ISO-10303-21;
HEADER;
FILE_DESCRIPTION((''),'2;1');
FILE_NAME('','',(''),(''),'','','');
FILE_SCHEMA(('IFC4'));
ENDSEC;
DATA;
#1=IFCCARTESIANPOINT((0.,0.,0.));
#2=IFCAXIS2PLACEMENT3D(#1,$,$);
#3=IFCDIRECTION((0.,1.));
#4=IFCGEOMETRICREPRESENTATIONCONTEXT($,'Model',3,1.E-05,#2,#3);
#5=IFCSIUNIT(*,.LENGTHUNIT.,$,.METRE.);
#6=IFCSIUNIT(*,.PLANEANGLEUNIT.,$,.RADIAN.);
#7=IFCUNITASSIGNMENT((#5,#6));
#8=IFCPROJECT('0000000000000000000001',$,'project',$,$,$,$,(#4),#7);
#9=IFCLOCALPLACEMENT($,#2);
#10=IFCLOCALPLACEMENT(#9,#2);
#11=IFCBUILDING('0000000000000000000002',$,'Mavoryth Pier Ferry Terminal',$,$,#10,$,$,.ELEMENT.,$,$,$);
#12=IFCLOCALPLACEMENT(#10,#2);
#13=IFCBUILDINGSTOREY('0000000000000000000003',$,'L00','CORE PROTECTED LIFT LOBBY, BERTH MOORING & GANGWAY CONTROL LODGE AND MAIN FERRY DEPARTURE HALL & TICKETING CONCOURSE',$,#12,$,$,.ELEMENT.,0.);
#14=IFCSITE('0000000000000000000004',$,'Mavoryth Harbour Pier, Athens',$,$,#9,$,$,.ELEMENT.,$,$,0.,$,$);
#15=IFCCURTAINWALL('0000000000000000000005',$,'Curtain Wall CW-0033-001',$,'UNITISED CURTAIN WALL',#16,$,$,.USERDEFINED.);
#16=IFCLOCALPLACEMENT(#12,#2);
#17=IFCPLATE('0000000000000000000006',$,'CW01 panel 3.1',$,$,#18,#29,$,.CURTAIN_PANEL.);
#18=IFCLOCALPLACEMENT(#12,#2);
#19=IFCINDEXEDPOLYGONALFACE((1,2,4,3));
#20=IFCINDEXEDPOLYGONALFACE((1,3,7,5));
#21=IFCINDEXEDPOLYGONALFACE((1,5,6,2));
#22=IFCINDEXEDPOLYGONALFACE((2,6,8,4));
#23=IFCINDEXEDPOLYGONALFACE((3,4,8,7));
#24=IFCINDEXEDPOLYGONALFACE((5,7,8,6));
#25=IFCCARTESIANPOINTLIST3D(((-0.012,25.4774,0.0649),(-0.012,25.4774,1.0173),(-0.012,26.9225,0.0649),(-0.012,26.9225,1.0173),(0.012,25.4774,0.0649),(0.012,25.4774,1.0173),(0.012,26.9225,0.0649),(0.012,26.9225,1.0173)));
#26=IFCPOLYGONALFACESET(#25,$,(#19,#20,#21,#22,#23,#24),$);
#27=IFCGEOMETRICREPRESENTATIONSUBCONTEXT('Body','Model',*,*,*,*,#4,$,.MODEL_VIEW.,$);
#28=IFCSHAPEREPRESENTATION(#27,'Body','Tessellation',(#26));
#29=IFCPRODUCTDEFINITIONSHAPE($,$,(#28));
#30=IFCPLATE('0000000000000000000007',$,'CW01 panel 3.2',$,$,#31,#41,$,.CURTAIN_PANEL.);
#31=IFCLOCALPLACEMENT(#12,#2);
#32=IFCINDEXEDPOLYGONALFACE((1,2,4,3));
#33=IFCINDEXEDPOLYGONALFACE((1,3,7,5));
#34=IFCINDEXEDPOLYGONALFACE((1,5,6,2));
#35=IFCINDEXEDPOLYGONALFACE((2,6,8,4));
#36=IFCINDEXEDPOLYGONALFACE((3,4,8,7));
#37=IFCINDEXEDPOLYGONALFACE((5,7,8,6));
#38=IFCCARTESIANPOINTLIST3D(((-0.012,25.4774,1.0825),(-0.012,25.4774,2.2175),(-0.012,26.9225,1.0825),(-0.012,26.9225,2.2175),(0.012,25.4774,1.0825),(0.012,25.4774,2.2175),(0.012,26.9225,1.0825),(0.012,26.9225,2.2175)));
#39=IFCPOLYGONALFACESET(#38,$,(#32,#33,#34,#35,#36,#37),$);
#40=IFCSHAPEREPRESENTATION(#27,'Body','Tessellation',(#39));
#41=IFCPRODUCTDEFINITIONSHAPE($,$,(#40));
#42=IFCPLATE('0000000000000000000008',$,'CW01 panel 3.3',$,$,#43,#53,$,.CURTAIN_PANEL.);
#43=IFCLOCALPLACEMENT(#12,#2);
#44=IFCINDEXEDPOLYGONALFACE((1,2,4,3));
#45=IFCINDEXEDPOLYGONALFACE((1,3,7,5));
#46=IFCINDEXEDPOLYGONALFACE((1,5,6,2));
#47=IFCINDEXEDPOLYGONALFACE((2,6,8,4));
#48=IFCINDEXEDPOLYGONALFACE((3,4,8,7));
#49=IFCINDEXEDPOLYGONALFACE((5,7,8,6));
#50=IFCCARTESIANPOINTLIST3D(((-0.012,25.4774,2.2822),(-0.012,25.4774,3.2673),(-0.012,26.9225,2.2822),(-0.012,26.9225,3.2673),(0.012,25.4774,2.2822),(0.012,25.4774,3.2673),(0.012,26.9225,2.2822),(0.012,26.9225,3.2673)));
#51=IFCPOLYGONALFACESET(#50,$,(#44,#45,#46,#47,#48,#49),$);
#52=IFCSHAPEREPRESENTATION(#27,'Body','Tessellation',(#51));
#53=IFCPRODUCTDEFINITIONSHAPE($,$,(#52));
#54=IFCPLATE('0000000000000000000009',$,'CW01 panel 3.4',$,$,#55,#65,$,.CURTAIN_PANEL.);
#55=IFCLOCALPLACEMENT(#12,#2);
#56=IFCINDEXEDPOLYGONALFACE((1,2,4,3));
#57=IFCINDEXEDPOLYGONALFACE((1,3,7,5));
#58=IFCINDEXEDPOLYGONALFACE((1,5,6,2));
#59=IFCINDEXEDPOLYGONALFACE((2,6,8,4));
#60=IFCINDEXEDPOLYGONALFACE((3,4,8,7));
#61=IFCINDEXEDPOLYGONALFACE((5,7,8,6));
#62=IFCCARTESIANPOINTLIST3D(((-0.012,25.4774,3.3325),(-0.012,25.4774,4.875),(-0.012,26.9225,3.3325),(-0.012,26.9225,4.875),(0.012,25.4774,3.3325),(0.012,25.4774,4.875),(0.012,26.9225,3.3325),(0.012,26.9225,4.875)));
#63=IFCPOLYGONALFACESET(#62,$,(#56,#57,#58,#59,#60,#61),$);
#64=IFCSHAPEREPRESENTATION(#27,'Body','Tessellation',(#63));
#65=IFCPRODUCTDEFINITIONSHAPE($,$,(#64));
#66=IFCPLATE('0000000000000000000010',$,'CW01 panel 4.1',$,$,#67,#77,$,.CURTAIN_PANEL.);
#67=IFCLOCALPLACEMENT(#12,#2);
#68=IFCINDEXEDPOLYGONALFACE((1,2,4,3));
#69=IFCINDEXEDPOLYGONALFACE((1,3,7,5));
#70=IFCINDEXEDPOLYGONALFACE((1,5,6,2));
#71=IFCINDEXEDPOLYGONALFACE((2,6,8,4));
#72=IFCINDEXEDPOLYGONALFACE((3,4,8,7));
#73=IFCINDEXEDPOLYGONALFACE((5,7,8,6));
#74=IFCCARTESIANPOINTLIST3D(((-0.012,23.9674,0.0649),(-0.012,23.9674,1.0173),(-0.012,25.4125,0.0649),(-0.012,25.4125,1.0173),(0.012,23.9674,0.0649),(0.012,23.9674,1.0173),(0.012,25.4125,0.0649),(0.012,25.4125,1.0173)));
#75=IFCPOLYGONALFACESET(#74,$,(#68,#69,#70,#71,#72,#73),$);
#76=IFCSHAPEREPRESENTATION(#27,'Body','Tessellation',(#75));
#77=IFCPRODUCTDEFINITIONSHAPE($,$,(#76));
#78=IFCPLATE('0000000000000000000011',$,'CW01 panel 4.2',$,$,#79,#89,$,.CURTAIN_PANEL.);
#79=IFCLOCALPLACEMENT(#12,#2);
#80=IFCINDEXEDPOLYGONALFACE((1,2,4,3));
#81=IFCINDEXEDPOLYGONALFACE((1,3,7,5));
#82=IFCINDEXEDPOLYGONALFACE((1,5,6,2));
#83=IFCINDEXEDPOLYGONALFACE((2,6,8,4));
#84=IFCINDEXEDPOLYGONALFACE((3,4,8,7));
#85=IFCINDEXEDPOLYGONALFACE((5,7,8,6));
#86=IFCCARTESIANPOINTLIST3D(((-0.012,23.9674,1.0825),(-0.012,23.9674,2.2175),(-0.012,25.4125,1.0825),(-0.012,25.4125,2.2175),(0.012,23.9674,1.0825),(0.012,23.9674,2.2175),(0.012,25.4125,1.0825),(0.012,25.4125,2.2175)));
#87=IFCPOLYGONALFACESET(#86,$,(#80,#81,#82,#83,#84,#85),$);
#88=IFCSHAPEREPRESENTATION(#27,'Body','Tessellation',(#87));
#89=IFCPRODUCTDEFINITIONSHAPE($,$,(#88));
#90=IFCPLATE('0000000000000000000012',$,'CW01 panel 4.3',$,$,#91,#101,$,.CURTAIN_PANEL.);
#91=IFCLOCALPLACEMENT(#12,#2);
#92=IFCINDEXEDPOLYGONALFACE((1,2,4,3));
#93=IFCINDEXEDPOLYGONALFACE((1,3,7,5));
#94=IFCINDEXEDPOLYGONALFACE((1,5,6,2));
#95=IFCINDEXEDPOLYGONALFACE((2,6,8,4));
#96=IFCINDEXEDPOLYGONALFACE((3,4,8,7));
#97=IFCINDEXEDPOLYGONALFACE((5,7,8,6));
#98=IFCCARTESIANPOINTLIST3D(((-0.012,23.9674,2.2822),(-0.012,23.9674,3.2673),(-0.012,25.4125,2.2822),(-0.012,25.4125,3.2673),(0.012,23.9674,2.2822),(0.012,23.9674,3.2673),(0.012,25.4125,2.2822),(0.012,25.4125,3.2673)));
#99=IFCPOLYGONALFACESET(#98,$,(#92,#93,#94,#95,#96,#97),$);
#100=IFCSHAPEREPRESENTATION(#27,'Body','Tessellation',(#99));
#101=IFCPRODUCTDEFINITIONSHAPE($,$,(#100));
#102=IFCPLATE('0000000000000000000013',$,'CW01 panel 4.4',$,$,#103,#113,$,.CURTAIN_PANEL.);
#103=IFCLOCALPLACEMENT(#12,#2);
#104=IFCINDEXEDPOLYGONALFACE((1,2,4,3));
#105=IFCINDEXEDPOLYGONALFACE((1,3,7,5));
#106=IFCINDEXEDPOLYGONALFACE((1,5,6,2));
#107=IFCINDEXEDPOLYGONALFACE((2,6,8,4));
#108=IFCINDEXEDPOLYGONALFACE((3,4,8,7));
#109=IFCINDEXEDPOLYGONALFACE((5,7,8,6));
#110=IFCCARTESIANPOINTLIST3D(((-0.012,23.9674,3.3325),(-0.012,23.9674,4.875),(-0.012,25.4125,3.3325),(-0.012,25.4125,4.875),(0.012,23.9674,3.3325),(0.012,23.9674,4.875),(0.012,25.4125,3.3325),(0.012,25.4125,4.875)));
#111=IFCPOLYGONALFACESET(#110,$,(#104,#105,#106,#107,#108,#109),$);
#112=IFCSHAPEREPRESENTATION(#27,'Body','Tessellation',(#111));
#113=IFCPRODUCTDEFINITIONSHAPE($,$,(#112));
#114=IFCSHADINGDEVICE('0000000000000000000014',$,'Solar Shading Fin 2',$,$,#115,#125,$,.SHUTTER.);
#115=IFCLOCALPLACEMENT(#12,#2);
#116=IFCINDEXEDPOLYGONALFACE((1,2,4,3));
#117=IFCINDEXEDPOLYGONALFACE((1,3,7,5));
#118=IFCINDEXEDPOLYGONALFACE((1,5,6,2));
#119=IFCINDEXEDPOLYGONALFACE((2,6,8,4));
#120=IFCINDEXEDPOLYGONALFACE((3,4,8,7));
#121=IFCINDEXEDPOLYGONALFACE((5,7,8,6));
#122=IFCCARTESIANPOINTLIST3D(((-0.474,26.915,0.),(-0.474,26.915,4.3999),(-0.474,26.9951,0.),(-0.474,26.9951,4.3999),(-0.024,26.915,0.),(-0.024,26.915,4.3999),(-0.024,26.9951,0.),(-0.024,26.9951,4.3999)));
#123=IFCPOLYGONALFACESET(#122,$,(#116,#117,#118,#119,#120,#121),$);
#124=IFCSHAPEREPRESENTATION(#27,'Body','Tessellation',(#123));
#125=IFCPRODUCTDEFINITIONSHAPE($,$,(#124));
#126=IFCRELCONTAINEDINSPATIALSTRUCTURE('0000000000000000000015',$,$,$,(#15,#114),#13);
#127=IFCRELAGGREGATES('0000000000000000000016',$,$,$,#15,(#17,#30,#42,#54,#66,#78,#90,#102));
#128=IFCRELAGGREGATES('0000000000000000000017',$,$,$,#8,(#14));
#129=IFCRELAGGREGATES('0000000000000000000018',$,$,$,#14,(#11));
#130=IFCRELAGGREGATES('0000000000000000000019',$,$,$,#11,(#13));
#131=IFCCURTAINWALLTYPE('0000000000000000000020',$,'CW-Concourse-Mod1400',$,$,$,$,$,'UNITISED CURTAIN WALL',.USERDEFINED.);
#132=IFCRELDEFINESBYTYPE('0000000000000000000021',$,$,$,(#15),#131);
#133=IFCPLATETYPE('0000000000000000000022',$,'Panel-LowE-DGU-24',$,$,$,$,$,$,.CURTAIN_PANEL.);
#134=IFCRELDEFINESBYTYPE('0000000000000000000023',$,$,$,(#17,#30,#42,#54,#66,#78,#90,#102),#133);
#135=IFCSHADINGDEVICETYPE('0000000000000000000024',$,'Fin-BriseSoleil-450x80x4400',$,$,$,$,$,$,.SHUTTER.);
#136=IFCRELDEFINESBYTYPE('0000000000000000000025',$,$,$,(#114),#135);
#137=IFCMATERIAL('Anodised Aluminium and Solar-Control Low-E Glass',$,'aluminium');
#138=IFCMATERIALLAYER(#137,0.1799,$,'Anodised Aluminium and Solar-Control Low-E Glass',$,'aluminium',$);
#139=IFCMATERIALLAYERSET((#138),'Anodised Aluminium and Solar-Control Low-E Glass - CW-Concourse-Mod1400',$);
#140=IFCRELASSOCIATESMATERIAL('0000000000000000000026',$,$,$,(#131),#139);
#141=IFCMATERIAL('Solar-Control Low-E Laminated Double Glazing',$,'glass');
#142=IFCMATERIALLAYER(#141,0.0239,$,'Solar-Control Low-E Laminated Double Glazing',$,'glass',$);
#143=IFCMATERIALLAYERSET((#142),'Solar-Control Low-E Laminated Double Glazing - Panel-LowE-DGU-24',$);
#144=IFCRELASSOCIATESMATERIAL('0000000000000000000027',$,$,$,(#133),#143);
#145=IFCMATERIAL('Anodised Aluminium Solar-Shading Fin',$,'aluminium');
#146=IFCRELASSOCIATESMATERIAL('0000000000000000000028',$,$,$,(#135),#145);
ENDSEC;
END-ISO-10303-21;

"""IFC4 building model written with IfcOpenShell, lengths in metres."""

from ifc_helpers import new_model, si_unit, direction, frame, origin, origin_2d, place, context, subcontext, project, spatial, rectangle, extrude, material, layer, layer_set, type_object, element, aggregate, save


model = new_model("IFC4")

# Units and contexts
model_context = context("Model", 3, precision=1e-05, world=origin(), true_north=direction((0.0, 1.0)))
body_context = subcontext(model_context, "Body", "Model", "MODEL_VIEW")
ifc_project = project(units=[si_unit("LENGTHUNIT", "METRE"), si_unit("PLANEANGLEUNIT", "RADIAN")], contexts=[model_context])

# Site, building, storey
site_placement = place(None, origin())
site = spatial("IfcSite", under=ifc_project, at=site_placement, Name="Mavoryth Harbour Pier, Athens", CompositionType="ELEMENT", RefElevation=0.0)
building_placement = place(site_placement, origin())
building = spatial("IfcBuilding", under=site, at=building_placement, Name="Mavoryth Pier Ferry Terminal", CompositionType="ELEMENT")
storey_placement = place(building_placement, origin())
storey = spatial("IfcBuildingStorey", under=building, at=storey_placement, Name="L00", Description="CORE PROTECTED LIFT LOBBY, BERTH MOORING & GANGWAY CONTROL LODGE AND MAIN FERRY DEPARTURE HALL & TICKETING CONCOURSE", CompositionType="ELEMENT", Elevation=0.0)

# Curtain wall, plates
ifc_material_1 = material(Name="Anodised Aluminium and Solar-Control Low-E Glass", Category="aluminium")
ifc_layer_1 = layer(ifc_material_1, 0.1799, Name="Anodised Aluminium and Solar-Control Low-E Glass", Category="aluminium")
ifc_layer_set_1 = layer_set([ifc_layer_1], Name="Anodised Aluminium and Solar-Control Low-E Glass - CW-Concourse-Mod1400")
curtain_wall_type = type_object("IfcCurtainWallType", Name="CW-Concourse-Mod1400", ElementType="UNITISED CURTAIN WALL", PredefinedType="USERDEFINED", material=ifc_layer_set_1)
curtain_wall_placement = place(storey_placement, origin())
curtain_wall = element("IfcCurtainWall", 1, at=curtain_wall_placement, inside=storey, type_object=curtain_wall_type, Name="Curtain Wall CW-0033-001", ObjectType="UNITISED CURTAIN WALL", PredefinedType="USERDEFINED")
ifc_material_2 = material(Name="Solar-Control Low-E Laminated Double Glazing", Category="glass")
ifc_layer_2 = layer(ifc_material_2, 0.0239, Name="Solar-Control Low-E Laminated Double Glazing", Category="glass")
ifc_layer_set_2 = layer_set([ifc_layer_2], Name="Solar-Control Low-E Laminated Double Glazing - Panel-LowE-DGU-24")
plate_type = type_object("IfcPlateType", Name="Panel-LowE-DGU-24", PredefinedType="CURTAIN_PANEL", material=ifc_layer_set_2)
plate_1_placement = place(storey_placement, frame((0.0, 26.2, 0.0649), z_axis=(0.0, 0.0, 1.0), x_axis=(0.0, -1.0, 0.0)))
plate_1 = element("IfcPlate", 2, at=plate_1_placement, type_object=plate_type, Name="CW01 panel 3.1", PredefinedType="CURTAIN_PANEL", context=body_context, shape_type="SweptSolid", body=[
    extrude(rectangle(XDim=1.4451, YDim=0.0239, at=origin_2d()), origin(), (0.0, 0.0, 1.0), 0.9524),
])
plate_2_placement = place(storey_placement, frame((0.0, 26.2, 1.0825), z_axis=(0.0, 0.0, 1.0), x_axis=(0.0, -1.0, 0.0)))
plate_2 = element("IfcPlate", 3, at=plate_2_placement, type_object=plate_type, Name="CW01 panel 3.2", PredefinedType="CURTAIN_PANEL", context=body_context, shape_type="SweptSolid", body=[
    extrude(rectangle(XDim=1.4451, YDim=0.0239, at=origin_2d()), origin(), (0.0, 0.0, 1.0), 1.135),
])
plate_3_placement = place(storey_placement, frame((0.0, 26.2, 2.2822), z_axis=(0.0, 0.0, 1.0), x_axis=(0.0, -1.0, 0.0)))
plate_3 = element("IfcPlate", 4, at=plate_3_placement, type_object=plate_type, Name="CW01 panel 3.3", PredefinedType="CURTAIN_PANEL", context=body_context, shape_type="SweptSolid", body=[
    extrude(rectangle(XDim=1.4451, YDim=0.0239, at=origin_2d()), origin(), (0.0, 0.0, 1.0), 0.9851),
])
plate_4_placement = place(storey_placement, frame((0.0, 26.2, 3.3325), z_axis=(0.0, 0.0, 1.0), x_axis=(0.0, -1.0, 0.0)))
plate_4 = element("IfcPlate", 5, at=plate_4_placement, type_object=plate_type, Name="CW01 panel 3.4", PredefinedType="CURTAIN_PANEL", context=body_context, shape_type="SweptSolid", body=[
    extrude(rectangle(XDim=1.4451, YDim=0.0239, at=origin_2d()), origin(), (0.0, 0.0, 1.0), 1.5425),
])
plate_5_placement = place(storey_placement, frame((0.0, 24.6899, 0.0649), z_axis=(0.0, 0.0, 1.0), x_axis=(0.0, -1.0, 0.0)))
plate_5 = element("IfcPlate", 6, at=plate_5_placement, type_object=plate_type, Name="CW01 panel 4.1", PredefinedType="CURTAIN_PANEL", context=body_context, shape_type="SweptSolid", body=[
    extrude(rectangle(XDim=1.4451, YDim=0.0239, at=origin_2d()), origin(), (0.0, 0.0, 1.0), 0.9524),
])
plate_6_placement = place(storey_placement, frame((0.0, 24.6899, 1.0825), z_axis=(0.0, 0.0, 1.0), x_axis=(0.0, -1.0, 0.0)))
plate_6 = element("IfcPlate", 7, at=plate_6_placement, type_object=plate_type, Name="CW01 panel 4.2", PredefinedType="CURTAIN_PANEL", context=body_context, shape_type="SweptSolid", body=[
    extrude(rectangle(XDim=1.4451, YDim=0.0239, at=origin_2d()), origin(), (0.0, 0.0, 1.0), 1.135),
])
plate_7_placement = place(storey_placement, frame((0.0, 24.6899, 2.2822), z_axis=(0.0, 0.0, 1.0), x_axis=(0.0, -1.0, 0.0)))
plate_7 = element("IfcPlate", 8, at=plate_7_placement, type_object=plate_type, Name="CW01 panel 4.3", PredefinedType="CURTAIN_PANEL", context=body_context, shape_type="SweptSolid", body=[
    extrude(rectangle(XDim=1.4451, YDim=0.0239, at=origin_2d()), origin(), (0.0, 0.0, 1.0), 0.9851),
])
plate_8_placement = place(storey_placement, frame((0.0, 24.6899, 3.3325), z_axis=(0.0, 0.0, 1.0), x_axis=(0.0, -1.0, 0.0)))
plate_8 = element("IfcPlate", 9, at=plate_8_placement, type_object=plate_type, Name="CW01 panel 4.4", PredefinedType="CURTAIN_PANEL", context=body_context, shape_type="SweptSolid", body=[
    extrude(rectangle(XDim=1.4451, YDim=0.0239, at=origin_2d()), origin(), (0.0, 0.0, 1.0), 1.5425),
])
aggregate(curtain_wall, [plate_1, plate_2, plate_3, plate_4, plate_5, plate_6, plate_7, plate_8])

# Shading device
ifc_material_3 = material(Name="Anodised Aluminium Solar-Shading Fin", Category="aluminium")
shading_device_type = type_object("IfcShadingDeviceType", Name="Fin-BriseSoleil-450x80x4400", PredefinedType="SHUTTER", material=ifc_material_3)
shading_device_placement = place(storey_placement, frame((-0.249, 26.9551, 0.0), z_axis=(0.0, 0.0, 1.0), x_axis=(0.0, -1.0, 0.0)))
element("IfcShadingDevice", 10, at=shading_device_placement, inside=storey, type_object=shading_device_type, Name="Solar Shading Fin 2", PredefinedType="SHUTTER", context=body_context, shape_type="SweptSolid", body=[
    extrude(rectangle(XDim=0.0801, YDim=0.45, at=origin_2d()), origin(), (0.0, 0.0, 1.0), 4.3999),
])

save(model, "model.ifc")
